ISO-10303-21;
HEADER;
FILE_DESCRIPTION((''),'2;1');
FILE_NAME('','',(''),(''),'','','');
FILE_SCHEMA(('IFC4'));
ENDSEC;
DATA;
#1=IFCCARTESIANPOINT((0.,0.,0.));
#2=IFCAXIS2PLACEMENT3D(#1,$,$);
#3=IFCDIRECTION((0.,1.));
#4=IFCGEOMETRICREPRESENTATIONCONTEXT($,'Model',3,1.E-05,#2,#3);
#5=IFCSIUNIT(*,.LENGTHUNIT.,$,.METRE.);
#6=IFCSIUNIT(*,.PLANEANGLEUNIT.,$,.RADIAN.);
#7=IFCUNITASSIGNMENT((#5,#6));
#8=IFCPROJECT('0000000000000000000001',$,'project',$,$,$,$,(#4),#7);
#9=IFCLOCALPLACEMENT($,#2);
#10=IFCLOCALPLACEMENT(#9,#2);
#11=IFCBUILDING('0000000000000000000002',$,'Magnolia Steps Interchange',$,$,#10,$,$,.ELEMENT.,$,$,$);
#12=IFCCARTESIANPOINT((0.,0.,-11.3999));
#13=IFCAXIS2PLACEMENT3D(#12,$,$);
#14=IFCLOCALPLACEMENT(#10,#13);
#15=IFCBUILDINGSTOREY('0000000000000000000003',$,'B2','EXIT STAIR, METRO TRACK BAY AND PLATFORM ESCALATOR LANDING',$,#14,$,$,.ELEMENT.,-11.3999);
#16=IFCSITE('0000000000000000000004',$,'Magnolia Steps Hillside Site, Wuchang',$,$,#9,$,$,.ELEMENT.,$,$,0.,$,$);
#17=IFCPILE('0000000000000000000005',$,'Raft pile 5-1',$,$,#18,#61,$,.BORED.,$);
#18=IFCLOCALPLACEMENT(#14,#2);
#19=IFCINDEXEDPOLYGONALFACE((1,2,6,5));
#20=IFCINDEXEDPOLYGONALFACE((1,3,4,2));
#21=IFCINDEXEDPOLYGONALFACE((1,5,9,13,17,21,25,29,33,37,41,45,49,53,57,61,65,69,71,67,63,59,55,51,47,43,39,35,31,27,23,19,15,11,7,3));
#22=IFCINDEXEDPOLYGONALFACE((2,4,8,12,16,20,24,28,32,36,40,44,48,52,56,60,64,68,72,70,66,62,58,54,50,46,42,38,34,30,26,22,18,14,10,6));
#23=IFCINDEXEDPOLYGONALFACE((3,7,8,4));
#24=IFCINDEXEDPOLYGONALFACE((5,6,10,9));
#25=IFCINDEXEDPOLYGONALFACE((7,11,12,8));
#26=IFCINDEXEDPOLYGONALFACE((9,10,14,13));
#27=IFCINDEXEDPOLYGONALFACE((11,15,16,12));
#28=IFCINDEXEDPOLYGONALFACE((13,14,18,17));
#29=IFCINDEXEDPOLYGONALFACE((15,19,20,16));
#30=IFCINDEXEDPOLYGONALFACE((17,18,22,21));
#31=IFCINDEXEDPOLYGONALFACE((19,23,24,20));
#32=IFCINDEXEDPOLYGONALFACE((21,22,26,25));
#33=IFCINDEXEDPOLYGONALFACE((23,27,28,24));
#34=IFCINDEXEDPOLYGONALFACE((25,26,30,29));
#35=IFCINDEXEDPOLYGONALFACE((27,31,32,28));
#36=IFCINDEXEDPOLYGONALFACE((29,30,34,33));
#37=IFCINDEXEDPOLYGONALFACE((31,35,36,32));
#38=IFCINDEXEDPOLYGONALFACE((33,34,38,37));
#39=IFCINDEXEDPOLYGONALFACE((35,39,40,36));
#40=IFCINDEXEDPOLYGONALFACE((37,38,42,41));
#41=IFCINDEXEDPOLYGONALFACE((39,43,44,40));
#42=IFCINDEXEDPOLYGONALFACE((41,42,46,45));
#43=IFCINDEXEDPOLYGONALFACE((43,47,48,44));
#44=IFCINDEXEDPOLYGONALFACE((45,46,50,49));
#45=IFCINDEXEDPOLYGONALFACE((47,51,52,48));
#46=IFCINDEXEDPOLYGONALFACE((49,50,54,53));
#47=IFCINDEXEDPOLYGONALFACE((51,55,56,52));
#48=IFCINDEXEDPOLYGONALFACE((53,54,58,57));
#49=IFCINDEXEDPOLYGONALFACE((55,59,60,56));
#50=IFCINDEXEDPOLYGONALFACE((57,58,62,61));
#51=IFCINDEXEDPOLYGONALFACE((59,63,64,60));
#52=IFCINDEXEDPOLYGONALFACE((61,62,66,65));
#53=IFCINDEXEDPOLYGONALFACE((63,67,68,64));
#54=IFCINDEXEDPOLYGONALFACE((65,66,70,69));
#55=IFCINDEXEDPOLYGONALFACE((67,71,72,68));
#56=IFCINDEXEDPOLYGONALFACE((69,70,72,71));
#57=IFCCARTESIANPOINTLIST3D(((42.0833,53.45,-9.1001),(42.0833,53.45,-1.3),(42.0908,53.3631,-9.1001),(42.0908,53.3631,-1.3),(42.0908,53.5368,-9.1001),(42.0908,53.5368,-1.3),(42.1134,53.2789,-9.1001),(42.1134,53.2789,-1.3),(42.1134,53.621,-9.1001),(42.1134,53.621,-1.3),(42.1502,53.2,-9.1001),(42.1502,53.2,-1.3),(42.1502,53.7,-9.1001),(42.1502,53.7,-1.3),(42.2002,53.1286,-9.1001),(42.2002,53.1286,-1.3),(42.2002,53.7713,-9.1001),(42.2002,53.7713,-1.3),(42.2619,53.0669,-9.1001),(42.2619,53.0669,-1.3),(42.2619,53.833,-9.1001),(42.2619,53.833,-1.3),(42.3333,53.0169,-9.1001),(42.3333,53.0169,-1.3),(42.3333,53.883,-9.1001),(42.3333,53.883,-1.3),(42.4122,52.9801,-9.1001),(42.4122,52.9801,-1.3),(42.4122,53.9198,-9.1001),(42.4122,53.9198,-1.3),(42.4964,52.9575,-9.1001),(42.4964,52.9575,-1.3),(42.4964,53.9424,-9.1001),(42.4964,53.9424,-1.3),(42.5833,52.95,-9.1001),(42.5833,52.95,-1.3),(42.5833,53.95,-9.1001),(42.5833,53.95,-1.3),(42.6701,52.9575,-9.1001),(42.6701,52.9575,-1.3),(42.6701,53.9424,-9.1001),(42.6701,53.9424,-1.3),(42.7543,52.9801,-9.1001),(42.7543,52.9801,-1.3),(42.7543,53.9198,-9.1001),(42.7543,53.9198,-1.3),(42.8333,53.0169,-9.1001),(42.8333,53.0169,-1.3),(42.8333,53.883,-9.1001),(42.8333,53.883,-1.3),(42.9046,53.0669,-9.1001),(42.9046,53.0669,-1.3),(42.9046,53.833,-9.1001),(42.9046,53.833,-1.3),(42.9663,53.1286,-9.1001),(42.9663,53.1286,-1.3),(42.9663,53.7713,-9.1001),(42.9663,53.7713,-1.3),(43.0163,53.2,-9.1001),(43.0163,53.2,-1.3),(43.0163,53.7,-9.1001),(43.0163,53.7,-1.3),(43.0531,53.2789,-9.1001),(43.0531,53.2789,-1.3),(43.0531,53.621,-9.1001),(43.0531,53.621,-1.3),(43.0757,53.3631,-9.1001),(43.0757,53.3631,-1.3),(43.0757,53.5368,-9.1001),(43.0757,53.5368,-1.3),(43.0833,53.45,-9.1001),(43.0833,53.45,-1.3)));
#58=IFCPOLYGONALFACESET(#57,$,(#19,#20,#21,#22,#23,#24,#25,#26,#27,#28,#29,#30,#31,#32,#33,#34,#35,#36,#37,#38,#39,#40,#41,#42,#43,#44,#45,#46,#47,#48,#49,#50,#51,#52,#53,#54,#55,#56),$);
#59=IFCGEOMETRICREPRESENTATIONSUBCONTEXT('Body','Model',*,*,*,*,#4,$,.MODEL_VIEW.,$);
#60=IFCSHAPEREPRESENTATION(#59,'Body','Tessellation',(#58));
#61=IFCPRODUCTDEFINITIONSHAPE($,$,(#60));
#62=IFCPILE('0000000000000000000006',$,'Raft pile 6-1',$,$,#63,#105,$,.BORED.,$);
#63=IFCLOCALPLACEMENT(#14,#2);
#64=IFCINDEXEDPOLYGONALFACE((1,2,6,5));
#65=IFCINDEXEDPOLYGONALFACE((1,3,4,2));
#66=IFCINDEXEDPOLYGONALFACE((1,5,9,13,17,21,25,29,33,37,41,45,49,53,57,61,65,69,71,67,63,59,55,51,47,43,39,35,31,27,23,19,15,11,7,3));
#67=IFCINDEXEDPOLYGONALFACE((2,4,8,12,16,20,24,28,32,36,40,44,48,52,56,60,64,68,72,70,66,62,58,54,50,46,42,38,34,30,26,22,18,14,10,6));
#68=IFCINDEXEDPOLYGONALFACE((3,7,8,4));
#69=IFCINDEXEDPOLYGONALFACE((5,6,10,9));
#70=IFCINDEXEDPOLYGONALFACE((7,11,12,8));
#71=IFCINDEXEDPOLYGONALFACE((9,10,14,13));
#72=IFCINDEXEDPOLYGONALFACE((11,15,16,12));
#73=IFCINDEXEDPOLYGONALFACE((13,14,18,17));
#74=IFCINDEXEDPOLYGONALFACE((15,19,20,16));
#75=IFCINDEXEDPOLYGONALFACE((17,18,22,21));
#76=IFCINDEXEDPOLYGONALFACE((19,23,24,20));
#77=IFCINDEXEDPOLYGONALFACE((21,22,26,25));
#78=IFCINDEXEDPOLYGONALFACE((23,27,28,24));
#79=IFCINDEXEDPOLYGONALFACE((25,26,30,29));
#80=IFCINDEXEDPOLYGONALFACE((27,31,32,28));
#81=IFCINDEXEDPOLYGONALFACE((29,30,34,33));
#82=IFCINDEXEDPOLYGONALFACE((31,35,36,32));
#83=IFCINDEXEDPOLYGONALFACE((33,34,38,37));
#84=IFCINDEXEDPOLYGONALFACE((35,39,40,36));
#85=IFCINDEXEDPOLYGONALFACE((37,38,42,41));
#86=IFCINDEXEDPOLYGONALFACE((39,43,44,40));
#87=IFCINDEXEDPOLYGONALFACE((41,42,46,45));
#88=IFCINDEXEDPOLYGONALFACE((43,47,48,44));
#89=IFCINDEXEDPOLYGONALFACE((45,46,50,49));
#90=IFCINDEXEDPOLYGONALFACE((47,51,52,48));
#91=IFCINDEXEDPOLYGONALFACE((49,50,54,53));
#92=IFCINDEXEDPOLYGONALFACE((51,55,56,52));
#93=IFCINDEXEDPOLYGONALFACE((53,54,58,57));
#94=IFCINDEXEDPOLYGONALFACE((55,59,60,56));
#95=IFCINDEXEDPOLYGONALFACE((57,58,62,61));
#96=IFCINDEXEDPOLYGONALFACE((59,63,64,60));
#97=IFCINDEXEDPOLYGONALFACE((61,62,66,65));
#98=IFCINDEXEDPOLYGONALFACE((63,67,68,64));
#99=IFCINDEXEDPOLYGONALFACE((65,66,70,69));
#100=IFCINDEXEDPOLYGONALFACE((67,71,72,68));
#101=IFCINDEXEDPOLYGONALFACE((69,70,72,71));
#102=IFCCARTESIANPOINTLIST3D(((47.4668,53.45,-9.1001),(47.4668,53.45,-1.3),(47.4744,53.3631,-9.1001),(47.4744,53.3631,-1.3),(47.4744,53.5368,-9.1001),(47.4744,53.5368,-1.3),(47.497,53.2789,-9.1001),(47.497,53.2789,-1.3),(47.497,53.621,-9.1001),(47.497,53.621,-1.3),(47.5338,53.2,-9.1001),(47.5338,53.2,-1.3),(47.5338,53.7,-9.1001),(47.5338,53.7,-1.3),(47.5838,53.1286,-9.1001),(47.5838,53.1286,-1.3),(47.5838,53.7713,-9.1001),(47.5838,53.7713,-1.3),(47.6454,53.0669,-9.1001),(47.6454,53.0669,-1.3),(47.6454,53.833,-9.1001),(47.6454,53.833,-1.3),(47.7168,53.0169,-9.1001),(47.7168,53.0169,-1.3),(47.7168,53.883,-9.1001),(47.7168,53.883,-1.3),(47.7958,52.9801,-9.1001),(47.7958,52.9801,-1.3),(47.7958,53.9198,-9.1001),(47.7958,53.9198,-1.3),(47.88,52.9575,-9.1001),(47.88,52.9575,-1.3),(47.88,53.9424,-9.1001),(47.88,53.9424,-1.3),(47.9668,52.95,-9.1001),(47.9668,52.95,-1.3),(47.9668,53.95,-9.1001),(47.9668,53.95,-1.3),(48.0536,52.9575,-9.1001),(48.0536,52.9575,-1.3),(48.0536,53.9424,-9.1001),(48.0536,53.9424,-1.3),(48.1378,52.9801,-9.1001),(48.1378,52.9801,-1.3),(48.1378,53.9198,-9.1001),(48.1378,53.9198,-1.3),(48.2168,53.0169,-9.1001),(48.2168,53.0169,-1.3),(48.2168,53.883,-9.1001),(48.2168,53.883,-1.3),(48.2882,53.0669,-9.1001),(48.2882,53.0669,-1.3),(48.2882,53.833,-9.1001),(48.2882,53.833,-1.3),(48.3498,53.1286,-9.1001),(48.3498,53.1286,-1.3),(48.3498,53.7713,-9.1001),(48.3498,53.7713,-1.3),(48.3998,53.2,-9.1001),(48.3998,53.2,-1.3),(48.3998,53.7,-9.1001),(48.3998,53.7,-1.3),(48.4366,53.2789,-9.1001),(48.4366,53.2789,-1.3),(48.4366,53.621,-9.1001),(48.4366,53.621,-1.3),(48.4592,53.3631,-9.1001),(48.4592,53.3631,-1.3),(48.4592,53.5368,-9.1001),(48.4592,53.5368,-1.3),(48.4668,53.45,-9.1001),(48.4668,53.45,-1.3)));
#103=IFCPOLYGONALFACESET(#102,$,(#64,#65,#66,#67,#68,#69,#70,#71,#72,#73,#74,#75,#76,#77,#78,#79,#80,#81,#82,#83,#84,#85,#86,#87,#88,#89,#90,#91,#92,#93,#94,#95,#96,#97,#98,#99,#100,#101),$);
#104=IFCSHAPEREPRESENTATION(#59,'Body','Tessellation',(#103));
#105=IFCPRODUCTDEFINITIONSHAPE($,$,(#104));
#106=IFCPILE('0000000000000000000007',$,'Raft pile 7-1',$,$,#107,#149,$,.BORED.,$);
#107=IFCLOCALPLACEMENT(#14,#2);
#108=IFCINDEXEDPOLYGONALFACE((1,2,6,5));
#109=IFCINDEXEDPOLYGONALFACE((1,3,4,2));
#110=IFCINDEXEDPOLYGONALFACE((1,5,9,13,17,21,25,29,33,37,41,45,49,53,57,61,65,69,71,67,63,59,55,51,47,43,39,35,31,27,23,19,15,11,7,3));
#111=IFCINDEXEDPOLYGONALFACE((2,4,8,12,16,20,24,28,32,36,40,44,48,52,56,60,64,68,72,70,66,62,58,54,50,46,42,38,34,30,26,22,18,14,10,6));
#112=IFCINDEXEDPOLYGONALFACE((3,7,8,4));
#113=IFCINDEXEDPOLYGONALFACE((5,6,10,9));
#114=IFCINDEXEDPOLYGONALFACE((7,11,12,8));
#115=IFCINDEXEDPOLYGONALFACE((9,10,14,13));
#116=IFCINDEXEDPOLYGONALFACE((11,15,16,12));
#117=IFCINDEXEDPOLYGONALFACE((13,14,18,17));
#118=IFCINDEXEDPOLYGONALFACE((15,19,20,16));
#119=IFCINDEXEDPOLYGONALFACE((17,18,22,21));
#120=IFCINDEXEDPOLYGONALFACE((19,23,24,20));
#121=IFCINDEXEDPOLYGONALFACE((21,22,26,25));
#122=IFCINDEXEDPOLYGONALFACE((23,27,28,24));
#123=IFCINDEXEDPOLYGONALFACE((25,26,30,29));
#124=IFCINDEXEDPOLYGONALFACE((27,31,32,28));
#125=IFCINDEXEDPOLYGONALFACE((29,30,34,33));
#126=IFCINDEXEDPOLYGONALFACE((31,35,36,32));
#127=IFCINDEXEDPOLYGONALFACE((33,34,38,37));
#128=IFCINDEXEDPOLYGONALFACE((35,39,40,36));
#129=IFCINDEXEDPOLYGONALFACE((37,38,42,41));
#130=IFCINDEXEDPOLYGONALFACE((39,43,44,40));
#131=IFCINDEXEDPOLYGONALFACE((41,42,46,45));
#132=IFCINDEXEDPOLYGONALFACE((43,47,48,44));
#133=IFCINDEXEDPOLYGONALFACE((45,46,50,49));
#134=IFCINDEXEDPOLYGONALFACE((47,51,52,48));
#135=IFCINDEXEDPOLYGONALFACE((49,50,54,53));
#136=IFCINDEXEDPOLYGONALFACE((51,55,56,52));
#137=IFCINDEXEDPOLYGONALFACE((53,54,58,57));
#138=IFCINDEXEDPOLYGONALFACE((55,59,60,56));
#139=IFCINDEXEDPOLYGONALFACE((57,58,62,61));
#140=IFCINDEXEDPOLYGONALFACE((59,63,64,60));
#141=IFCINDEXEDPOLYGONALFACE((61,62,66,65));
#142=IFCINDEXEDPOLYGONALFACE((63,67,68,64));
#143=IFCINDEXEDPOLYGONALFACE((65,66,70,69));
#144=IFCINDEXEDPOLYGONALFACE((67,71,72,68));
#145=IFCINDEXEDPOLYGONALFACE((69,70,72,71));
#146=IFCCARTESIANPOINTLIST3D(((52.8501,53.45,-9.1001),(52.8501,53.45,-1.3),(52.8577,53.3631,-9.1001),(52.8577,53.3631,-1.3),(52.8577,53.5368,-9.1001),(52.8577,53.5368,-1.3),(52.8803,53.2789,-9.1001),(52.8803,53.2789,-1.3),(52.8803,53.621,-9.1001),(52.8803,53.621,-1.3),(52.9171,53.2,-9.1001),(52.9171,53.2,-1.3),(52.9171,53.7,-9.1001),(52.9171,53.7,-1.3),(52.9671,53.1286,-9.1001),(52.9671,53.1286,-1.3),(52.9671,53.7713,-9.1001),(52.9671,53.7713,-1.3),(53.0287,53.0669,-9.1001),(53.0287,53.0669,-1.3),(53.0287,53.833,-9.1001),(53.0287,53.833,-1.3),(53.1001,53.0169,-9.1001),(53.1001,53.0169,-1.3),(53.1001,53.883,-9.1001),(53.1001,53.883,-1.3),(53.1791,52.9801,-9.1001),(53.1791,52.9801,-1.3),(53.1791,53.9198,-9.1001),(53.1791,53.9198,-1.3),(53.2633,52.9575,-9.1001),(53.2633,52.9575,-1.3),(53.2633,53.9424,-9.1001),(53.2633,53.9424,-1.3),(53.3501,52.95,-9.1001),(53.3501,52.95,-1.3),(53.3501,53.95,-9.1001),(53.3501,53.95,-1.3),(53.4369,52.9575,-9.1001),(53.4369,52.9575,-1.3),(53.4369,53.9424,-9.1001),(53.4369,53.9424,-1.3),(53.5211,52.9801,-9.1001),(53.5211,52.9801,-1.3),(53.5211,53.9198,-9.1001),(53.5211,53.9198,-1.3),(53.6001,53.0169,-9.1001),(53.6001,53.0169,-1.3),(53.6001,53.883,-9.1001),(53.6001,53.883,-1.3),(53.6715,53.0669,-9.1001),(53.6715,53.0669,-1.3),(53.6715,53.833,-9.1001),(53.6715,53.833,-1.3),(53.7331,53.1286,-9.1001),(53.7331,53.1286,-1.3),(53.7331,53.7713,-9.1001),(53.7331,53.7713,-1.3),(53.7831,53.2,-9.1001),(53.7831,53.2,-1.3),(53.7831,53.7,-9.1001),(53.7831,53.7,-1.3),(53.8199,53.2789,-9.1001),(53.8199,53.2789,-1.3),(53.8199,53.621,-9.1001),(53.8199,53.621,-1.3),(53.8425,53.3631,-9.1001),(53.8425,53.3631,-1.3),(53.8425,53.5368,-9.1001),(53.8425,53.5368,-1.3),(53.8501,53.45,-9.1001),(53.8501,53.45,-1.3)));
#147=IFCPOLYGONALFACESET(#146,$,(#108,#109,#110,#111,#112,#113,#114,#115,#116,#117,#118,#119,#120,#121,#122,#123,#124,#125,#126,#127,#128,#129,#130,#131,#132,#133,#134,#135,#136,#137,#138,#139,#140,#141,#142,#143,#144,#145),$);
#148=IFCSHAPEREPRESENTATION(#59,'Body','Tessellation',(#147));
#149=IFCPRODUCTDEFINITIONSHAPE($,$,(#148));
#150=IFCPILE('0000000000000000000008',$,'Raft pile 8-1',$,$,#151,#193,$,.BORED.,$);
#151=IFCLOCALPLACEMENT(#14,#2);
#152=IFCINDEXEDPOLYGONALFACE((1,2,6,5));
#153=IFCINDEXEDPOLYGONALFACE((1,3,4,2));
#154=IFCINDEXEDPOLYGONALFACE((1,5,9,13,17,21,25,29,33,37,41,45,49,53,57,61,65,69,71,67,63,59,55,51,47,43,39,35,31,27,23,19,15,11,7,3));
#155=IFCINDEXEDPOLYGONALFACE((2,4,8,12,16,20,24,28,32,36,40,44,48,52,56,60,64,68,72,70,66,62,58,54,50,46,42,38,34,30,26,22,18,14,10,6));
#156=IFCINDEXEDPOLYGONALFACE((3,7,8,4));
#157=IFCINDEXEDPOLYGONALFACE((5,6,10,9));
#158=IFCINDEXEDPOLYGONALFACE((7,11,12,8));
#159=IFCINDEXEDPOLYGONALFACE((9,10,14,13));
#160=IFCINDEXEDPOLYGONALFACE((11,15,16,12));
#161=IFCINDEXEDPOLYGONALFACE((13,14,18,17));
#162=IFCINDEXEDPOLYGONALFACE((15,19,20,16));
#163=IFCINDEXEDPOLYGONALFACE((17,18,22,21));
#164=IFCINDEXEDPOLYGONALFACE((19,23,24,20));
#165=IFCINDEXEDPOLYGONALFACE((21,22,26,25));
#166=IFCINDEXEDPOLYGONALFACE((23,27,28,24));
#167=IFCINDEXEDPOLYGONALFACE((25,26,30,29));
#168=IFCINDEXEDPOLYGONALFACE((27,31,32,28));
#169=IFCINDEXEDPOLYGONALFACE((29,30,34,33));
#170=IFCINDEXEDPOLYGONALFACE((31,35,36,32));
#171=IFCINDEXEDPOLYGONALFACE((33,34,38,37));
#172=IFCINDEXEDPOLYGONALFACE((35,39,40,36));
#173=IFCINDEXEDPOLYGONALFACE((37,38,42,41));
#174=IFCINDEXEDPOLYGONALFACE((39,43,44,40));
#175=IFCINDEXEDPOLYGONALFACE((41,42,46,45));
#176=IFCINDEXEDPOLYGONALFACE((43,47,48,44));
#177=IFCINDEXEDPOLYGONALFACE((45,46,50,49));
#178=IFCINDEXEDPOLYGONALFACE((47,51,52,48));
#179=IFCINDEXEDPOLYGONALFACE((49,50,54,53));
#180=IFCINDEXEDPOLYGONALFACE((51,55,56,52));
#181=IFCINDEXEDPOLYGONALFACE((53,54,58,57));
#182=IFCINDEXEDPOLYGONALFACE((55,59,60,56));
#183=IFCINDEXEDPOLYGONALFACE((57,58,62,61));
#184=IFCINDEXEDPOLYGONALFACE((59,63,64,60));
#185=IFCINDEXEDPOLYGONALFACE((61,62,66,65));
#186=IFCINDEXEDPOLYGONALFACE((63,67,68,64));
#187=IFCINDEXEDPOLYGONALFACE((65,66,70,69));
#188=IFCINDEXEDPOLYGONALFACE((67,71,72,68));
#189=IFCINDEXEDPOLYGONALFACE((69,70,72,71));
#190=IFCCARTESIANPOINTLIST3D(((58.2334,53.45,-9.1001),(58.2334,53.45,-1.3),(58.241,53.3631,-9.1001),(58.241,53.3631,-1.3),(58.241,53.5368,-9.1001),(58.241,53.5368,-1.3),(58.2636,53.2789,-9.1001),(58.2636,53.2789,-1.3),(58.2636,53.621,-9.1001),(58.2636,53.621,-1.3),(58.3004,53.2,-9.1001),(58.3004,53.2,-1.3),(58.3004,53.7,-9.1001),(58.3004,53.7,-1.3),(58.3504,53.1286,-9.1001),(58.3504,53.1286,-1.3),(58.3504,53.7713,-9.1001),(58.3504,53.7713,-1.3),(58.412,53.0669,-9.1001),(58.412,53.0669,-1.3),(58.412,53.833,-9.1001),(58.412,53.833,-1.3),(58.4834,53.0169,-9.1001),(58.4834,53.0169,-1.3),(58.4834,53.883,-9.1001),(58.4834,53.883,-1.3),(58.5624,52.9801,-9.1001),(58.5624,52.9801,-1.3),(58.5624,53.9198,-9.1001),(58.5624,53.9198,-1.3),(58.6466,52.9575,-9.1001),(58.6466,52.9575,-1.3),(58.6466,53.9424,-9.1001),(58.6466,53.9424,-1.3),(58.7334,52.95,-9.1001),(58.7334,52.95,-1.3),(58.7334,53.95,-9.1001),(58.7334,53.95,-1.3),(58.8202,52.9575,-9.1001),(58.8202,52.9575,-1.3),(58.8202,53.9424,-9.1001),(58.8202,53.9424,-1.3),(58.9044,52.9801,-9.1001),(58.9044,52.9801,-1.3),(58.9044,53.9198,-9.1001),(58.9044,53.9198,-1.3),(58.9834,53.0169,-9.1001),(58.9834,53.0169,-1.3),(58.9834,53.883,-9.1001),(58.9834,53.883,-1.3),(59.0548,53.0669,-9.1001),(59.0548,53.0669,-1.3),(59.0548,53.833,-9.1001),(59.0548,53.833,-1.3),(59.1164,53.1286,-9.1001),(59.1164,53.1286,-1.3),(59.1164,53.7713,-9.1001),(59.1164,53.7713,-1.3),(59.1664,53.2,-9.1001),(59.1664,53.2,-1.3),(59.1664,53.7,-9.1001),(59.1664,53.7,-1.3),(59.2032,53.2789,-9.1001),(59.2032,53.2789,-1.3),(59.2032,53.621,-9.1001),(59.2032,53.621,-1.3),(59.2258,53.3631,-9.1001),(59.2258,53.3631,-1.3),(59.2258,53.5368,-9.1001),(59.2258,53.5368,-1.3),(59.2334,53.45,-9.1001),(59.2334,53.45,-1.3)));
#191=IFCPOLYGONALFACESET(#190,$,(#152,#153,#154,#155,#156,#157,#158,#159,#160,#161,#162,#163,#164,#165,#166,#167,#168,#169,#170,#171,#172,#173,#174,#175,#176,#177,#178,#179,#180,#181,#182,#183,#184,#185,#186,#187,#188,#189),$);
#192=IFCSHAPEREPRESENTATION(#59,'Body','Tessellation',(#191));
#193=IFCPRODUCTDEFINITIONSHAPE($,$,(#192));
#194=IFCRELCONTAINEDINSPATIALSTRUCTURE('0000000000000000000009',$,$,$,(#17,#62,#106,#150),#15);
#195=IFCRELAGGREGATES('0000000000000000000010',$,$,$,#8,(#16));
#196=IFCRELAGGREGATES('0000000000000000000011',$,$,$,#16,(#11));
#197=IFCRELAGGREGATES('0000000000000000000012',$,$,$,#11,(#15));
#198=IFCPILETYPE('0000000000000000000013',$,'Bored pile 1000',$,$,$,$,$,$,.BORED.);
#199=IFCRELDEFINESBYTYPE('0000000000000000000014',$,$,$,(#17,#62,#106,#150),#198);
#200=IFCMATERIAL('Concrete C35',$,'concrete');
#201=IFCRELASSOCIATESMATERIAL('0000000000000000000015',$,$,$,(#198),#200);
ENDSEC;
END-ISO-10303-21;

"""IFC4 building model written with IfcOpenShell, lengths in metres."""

from ifc_helpers import new_model, si_unit, direction, frame, origin, origin_2d, place, context, subcontext, project, spatial, circle, extrude, material, material_profile, profile_set, type_object, element, save


model = new_model("IFC4")

# Units and contexts
model_context = context("Model", 3, precision=1e-05, world=origin(), true_north=direction((0.0, 1.0)))
body_context = subcontext(model_context, "Body", "Model", "MODEL_VIEW")
ifc_project = project(units=[si_unit("LENGTHUNIT", "METRE"), si_unit("PLANEANGLEUNIT", "RADIAN")], contexts=[model_context])

# Site, building, storey
site_placement = place(None, origin())
site = spatial("IfcSite", under=ifc_project, at=site_placement, Name="Magnolia Steps Hillside Site, Wuchang", CompositionType="ELEMENT", RefElevation=0.0)
building_placement = place(site_placement, origin())
building = spatial("IfcBuilding", under=site, at=building_placement, Name="Magnolia Steps Interchange", CompositionType="ELEMENT")
storey_placement = place(building_placement, frame((0.0, 0.0, -11.3999)))
storey = spatial("IfcBuildingStorey", under=building, at=storey_placement, Name="B2", Description="EXIT STAIR, METRO TRACK BAY AND PLATFORM ESCALATOR LANDING", CompositionType="ELEMENT", Elevation=-11.3999)

# Piles
ifc_material_1 = material(Name="Concrete C35", Category="concrete")
ifc_material_profile_1 = material_profile(ifc_material_1, circle(Radius=0.5, at=origin_2d()), Name="Bored pile 1000")
ifc_profile_set_1 = profile_set([ifc_material_profile_1], Name="Concrete C35")
pile_type_1 = type_object("IfcPileType", Name="Bored pile 1000", PredefinedType="BORED", material=ifc_profile_set_1)
for number, where, z_axis, x_axis, name in (
    (1, (42.5833, 53.45, -1.3), (0.0, 0.0, -1.0), (1.0, 0.0, 0.0), "Raft pile 5-1"),
    (2, (47.9668, 53.45, -1.3), (0.0, 0.0, -1.0), (1.0, 0.0, 0.0), "Raft pile 6-1"),
    (3, (53.3501, 53.45, -1.3), (0.0, 0.0, -1.0), (1.0, 0.0, 0.0), "Raft pile 7-1"),
    (4, (58.7334, 53.45, -1.3), (0.0, 0.0, -1.0), (1.0, 0.0, 0.0), "Raft pile 8-1"),
):
    element("IfcPile", number, at=place(storey_placement, frame(where, z_axis=z_axis, x_axis=x_axis)), inside=storey, type_object=pile_type_1, Name=name, PredefinedType="BORED", context=body_context, shape_type="SweptSolid", body=[
        extrude(circle(Radius=0.5, at=origin_2d()), origin(), (0.0, 0.0, 1.0), 7.8),
    ])

save(model, "model.ifc")
